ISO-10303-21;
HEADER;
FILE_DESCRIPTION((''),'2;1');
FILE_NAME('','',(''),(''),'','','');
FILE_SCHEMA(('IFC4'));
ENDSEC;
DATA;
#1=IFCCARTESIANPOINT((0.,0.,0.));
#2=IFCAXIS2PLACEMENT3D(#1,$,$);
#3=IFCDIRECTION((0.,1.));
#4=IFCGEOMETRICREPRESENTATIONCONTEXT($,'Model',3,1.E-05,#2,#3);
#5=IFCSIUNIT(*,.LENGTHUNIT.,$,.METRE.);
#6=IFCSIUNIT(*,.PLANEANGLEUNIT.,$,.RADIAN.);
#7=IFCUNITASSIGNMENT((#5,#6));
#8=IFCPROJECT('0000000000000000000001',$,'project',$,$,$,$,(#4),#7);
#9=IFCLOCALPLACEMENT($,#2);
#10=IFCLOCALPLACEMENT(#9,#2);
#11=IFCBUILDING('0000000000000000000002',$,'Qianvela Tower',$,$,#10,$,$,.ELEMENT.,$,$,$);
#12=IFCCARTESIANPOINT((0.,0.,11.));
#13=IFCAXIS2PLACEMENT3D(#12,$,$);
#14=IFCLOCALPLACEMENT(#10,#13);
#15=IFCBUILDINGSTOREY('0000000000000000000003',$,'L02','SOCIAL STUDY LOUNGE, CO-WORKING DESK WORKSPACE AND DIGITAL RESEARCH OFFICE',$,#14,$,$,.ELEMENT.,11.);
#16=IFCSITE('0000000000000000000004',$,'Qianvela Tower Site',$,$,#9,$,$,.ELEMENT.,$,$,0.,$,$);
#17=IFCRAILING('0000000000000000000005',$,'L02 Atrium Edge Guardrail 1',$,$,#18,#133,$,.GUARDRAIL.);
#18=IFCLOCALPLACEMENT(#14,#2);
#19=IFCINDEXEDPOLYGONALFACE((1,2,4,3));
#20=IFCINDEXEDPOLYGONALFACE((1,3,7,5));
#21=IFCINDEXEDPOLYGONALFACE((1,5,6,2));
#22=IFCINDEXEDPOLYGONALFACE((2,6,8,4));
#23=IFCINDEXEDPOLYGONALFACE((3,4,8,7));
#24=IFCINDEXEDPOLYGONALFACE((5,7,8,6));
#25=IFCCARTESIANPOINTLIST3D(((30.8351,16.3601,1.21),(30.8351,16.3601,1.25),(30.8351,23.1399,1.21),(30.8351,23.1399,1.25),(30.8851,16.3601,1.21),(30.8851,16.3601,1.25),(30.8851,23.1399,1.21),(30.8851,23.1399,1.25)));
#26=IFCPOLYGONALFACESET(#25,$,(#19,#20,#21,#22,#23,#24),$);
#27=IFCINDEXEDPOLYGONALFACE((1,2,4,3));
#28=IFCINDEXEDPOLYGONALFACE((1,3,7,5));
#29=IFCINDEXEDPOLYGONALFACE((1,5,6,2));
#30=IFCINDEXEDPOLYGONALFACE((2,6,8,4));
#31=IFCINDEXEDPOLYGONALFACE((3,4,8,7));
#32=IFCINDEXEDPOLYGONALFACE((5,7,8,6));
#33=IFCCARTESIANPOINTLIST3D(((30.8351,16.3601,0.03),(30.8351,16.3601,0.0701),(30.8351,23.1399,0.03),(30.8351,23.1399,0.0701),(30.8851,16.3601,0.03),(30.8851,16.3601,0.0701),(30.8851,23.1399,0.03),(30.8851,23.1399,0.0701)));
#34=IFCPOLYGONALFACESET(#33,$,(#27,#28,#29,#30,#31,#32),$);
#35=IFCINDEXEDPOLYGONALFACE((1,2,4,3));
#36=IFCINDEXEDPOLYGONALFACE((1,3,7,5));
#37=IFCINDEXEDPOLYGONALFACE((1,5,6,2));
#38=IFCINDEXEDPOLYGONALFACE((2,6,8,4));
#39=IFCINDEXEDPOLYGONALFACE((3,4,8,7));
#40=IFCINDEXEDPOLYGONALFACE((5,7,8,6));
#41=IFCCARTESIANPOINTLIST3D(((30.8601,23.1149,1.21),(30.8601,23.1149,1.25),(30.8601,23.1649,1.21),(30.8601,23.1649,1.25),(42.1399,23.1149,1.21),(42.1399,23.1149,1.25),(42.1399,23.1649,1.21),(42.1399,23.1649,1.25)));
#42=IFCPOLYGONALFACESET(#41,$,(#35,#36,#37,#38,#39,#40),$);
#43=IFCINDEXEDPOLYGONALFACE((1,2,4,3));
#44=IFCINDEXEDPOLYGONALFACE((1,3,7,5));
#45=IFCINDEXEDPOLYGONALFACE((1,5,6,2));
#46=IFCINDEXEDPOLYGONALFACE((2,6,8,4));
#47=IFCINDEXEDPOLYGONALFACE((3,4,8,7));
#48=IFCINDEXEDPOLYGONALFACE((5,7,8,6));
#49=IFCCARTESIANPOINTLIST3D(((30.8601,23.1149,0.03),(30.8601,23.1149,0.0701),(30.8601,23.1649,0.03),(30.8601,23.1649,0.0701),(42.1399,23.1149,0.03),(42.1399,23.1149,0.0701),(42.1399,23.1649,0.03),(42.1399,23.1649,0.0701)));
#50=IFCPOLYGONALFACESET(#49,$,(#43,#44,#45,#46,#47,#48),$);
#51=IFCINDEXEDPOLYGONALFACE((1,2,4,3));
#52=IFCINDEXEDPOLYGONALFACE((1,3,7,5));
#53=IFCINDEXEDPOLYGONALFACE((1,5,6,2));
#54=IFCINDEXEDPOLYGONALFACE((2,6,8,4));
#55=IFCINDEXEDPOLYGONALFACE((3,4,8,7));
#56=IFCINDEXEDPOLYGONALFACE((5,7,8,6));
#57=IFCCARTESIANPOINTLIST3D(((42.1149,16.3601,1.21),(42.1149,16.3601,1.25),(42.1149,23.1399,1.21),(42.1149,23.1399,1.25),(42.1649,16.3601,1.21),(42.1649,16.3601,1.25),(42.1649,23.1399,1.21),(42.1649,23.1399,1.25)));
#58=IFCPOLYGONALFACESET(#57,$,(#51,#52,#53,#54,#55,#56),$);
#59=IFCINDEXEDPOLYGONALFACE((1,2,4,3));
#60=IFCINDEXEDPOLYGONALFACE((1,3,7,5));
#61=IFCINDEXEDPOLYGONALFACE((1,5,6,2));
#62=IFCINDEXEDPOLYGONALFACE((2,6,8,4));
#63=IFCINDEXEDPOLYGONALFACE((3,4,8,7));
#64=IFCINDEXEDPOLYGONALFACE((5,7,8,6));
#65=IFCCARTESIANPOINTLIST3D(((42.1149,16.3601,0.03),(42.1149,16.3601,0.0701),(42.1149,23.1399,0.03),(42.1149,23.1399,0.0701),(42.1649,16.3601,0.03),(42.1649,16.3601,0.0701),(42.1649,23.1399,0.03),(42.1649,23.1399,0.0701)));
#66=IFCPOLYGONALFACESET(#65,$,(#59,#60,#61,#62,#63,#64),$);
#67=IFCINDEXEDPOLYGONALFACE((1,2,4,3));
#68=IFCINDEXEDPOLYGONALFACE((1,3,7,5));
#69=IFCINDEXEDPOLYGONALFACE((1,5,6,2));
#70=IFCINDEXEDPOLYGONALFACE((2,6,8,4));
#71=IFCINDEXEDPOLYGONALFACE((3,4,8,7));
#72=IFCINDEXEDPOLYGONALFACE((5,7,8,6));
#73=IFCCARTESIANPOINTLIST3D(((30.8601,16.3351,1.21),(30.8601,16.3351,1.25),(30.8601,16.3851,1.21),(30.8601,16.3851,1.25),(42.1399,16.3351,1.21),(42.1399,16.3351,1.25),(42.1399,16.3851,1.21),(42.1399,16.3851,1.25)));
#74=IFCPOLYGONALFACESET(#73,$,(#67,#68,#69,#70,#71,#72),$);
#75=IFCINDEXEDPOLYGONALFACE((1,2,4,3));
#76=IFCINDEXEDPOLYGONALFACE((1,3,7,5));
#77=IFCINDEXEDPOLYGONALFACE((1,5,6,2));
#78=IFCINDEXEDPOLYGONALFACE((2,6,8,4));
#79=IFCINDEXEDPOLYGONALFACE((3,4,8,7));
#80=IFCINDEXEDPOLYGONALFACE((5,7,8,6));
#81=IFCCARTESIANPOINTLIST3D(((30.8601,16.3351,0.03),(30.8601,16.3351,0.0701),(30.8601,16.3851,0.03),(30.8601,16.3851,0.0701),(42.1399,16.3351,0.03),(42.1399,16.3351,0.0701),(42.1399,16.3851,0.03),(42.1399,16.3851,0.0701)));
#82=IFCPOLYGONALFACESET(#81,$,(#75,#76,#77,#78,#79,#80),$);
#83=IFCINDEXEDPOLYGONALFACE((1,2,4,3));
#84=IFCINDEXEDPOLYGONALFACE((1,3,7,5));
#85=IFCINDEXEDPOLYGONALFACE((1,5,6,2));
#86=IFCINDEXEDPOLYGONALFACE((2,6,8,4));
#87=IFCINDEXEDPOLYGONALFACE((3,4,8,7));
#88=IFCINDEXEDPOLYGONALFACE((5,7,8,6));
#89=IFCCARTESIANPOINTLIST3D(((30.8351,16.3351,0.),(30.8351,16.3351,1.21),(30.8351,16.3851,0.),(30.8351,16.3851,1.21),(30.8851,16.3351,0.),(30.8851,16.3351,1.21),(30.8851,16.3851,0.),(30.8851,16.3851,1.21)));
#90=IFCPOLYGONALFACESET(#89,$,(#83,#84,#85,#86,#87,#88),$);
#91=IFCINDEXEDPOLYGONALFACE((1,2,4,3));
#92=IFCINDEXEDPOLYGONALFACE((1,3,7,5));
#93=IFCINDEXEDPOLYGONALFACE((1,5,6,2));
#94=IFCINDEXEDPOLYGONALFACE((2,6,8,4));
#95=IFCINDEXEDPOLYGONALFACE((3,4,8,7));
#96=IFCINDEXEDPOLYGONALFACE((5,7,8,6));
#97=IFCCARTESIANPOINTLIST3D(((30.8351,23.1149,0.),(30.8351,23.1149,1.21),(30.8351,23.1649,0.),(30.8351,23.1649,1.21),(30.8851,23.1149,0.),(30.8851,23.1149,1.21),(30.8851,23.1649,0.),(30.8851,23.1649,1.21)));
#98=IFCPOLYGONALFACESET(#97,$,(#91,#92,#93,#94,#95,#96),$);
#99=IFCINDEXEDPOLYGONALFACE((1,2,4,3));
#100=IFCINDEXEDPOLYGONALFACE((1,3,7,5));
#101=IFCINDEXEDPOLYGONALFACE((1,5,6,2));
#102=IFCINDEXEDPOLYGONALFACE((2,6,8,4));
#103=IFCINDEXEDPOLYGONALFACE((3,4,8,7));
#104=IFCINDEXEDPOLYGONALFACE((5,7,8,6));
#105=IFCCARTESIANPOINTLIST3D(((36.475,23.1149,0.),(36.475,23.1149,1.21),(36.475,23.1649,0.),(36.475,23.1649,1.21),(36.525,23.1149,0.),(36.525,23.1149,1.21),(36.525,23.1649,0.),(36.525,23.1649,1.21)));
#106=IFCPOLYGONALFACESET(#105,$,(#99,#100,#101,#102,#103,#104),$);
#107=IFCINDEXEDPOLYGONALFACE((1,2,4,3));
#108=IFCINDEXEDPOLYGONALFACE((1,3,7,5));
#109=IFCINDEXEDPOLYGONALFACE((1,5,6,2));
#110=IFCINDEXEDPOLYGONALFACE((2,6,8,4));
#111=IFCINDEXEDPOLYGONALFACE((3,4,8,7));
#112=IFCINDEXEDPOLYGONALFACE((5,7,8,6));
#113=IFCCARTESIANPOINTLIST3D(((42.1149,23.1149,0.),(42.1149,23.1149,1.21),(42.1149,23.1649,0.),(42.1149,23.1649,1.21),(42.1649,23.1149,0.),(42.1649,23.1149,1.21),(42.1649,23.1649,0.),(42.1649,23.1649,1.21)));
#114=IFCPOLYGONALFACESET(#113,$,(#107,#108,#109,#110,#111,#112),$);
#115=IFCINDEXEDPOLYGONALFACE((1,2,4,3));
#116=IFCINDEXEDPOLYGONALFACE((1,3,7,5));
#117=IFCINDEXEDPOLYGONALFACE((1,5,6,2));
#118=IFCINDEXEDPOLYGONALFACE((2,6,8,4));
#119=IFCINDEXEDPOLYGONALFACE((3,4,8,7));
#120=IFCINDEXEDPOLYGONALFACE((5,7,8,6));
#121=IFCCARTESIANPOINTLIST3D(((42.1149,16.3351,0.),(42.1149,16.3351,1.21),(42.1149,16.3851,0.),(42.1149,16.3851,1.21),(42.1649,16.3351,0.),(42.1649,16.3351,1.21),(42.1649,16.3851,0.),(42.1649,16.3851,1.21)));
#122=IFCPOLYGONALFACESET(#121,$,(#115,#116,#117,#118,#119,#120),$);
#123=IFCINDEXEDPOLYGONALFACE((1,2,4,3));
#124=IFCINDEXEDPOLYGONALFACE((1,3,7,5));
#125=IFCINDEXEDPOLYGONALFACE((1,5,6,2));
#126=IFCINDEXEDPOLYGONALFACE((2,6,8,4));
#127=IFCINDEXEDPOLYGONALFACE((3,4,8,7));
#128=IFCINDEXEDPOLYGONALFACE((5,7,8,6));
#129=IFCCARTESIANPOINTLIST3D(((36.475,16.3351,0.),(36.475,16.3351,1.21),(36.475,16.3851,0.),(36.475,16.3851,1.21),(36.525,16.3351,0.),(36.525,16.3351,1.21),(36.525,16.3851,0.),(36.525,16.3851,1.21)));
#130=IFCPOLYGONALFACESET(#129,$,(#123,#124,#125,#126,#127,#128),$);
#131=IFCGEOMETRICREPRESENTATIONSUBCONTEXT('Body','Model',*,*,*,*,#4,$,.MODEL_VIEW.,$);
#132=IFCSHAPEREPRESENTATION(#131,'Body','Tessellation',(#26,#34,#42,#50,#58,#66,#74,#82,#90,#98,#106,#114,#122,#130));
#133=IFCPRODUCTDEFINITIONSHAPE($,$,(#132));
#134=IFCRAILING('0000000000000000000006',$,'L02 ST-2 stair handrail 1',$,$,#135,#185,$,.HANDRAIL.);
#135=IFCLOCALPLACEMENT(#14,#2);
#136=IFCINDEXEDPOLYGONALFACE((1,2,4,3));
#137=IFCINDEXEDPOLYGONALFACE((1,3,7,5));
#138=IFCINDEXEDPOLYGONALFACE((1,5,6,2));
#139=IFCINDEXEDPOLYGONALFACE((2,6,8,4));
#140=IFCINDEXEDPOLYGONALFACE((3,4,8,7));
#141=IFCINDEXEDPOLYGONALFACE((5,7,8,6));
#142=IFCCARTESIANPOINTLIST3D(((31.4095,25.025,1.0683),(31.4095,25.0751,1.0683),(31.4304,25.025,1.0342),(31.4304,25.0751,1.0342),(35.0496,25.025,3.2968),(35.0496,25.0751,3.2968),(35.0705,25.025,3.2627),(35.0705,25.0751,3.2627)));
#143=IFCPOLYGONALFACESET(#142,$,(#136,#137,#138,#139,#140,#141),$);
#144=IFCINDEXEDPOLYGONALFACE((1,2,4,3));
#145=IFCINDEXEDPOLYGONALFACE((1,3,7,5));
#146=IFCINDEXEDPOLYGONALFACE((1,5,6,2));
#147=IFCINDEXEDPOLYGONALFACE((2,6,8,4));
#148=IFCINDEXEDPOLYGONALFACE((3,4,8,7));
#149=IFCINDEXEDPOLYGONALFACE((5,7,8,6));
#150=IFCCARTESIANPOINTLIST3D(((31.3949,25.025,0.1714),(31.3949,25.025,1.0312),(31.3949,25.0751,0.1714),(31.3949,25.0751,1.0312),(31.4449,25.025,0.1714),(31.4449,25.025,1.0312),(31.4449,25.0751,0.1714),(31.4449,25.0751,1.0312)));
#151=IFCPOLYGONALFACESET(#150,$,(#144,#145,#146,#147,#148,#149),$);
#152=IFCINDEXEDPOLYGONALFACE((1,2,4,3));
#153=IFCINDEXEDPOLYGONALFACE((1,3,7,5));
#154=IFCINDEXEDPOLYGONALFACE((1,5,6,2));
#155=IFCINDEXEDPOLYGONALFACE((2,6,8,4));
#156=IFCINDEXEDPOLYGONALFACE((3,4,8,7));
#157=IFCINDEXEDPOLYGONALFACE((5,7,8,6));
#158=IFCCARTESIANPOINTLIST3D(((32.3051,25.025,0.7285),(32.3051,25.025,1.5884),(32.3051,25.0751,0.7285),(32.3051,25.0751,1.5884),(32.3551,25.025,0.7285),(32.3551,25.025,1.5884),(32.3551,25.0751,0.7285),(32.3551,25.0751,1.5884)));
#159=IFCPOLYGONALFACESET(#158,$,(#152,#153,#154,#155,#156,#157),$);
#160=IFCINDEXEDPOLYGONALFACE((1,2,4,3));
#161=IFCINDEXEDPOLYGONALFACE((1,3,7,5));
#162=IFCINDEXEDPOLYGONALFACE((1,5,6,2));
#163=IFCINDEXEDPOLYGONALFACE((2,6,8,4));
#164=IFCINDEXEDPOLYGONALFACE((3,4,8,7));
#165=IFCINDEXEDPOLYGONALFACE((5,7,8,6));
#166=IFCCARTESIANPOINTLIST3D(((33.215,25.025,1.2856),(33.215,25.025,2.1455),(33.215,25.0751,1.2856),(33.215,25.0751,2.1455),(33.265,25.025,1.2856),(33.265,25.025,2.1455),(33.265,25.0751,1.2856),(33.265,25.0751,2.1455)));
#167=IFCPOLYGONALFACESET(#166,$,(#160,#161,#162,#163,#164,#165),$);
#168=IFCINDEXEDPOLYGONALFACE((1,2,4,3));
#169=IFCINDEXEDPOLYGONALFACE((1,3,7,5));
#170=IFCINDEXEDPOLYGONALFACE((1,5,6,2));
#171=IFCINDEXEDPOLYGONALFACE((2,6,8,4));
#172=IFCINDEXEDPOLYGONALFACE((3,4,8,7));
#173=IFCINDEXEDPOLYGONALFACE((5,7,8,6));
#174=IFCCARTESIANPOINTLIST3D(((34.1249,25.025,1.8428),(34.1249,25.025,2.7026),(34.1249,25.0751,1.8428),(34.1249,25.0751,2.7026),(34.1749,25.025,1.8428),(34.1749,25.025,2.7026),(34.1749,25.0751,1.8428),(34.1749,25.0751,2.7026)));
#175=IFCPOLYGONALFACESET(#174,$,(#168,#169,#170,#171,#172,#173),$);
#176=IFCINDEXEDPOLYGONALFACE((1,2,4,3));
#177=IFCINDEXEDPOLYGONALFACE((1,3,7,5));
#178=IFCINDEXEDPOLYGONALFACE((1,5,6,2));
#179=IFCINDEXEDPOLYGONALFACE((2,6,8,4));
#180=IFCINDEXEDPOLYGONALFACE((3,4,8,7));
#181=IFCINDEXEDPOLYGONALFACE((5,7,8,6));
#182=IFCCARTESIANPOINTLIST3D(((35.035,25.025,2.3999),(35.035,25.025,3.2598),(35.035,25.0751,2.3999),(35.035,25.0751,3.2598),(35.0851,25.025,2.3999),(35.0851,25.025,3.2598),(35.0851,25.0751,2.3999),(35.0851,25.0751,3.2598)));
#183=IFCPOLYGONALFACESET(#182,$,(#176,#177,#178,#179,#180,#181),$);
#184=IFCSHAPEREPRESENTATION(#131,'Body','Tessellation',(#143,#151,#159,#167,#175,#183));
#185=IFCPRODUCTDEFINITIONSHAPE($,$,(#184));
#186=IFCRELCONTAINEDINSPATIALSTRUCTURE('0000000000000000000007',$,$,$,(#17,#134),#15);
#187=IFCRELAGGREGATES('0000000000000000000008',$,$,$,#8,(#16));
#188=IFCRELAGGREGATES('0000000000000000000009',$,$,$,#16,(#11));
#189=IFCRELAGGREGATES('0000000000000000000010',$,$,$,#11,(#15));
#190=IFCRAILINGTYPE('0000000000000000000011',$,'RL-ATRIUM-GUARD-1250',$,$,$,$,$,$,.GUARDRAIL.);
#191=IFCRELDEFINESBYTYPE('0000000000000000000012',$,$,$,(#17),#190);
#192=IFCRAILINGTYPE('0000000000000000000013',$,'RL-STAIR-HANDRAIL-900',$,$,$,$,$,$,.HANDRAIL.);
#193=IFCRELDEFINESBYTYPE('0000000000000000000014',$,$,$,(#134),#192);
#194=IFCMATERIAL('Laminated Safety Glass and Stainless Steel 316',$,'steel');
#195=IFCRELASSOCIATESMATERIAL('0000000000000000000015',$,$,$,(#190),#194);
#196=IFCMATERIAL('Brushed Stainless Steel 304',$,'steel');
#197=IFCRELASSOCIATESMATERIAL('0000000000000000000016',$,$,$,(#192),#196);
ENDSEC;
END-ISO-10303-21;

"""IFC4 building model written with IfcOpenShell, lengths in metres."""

from ifc_helpers import new_model, si_unit, direction, frame, origin, origin_2d, place, context, subcontext, project, spatial, rectangle, extrude, material, type_object, element, save


model = new_model("IFC4")

# Units and contexts
model_context = context("Model", 3, precision=1e-05, world=origin(), true_north=direction((0.0, 1.0)))
body_context = subcontext(model_context, "Body", "Model", "MODEL_VIEW")
ifc_project = project(units=[si_unit("LENGTHUNIT", "METRE"), si_unit("PLANEANGLEUNIT", "RADIAN")], contexts=[model_context])

# Site, building, storey
site_placement = place(None, origin())
site = spatial("IfcSite", under=ifc_project, at=site_placement, Name="Qianvela Tower Site", CompositionType="ELEMENT", RefElevation=0.0)
building_placement = place(site_placement, origin())
building = spatial("IfcBuilding", under=site, at=building_placement, Name="Qianvela Tower", CompositionType="ELEMENT")
storey_placement = place(building_placement, frame((0.0, 0.0, 11.0)))
storey = spatial("IfcBuildingStorey", under=building, at=storey_placement, Name="L02", Description="SOCIAL STUDY LOUNGE, CO-WORKING DESK WORKSPACE AND DIGITAL RESEARCH OFFICE", CompositionType="ELEMENT", Elevation=11.0)

# Railings
ifc_material_1 = material(Name="Laminated Safety Glass and Stainless Steel 316", Category="steel")
railing_type_1 = type_object("IfcRailingType", Name="RL-ATRIUM-GUARD-1250", PredefinedType="GUARDRAIL", material=ifc_material_1)
railing_1_placement = place(storey_placement, frame((30.8601, 16.3601, 0.0)))
element("IfcRailing", 1, at=railing_1_placement, inside=storey, type_object=railing_type_1, Name="L02 Atrium Edge Guardrail 1", PredefinedType="GUARDRAIL", context=body_context, shape_type="SweptSolid", body=[
    extrude(rectangle(XDim=0.05, YDim=0.04, at=origin_2d()), frame((0.0, 0.0, 1.23), z_axis=(0.0, 1.0, 0.0), x_axis=(-1.0, 0.0, 0.0)), (0.0, 0.0, 1.0), 6.7798),
    extrude(rectangle(XDim=0.05, YDim=0.04, at=origin_2d()), frame((0.0, 0.0, 0.05), z_axis=(0.0, 1.0, 0.0), x_axis=(-1.0, 0.0, 0.0)), (0.0, 0.0, 1.0), 6.7798),
    extrude(rectangle(XDim=0.05, YDim=0.04, at=origin_2d()), frame((0.0, 6.7798, 1.23), z_axis=(1.0, 0.0, 0.0), x_axis=(0.0, 1.0, 0.0)), (0.0, 0.0, 1.0), 11.2798),
    extrude(rectangle(XDim=0.05, YDim=0.04, at=origin_2d()), frame((0.0, 6.7798, 0.05), z_axis=(1.0, 0.0, 0.0), x_axis=(0.0, 1.0, 0.0)), (0.0, 0.0, 1.0), 11.2798),
    extrude(rectangle(XDim=0.05, YDim=0.04, at=origin_2d()), frame((11.2798, 6.7798, 1.23), z_axis=(0.0, -1.0, 0.0), x_axis=(1.0, 0.0, 0.0)), (0.0, 0.0, 1.0), 6.7798),
    extrude(rectangle(XDim=0.05, YDim=0.04, at=origin_2d()), frame((11.2798, 6.7798, 0.05), z_axis=(0.0, -1.0, 0.0), x_axis=(1.0, 0.0, 0.0)), (0.0, 0.0, 1.0), 6.7798),
    extrude(rectangle(XDim=0.05, YDim=0.04, at=origin_2d()), frame((11.2798, 0.0, 1.23), z_axis=(-1.0, 0.0, 0.0), x_axis=(0.0, -1.0, 0.0)), (0.0, 0.0, 1.0), 11.2798),
    extrude(rectangle(XDim=0.05, YDim=0.04, at=origin_2d()), frame((11.2798, 0.0, 0.05), z_axis=(-1.0, 0.0, 0.0), x_axis=(0.0, -1.0, 0.0)), (0.0, 0.0, 1.0), 11.2798),
    extrude(rectangle(XDim=0.05, YDim=0.05, at=origin_2d()), origin(), (0.0, 0.0, 1.0), 1.21),
    extrude(rectangle(XDim=0.05, YDim=0.05, at=origin_2d()), frame((0.0, 6.7798, 0.0)), (0.0, 0.0, 1.0), 1.21),
    extrude(rectangle(XDim=0.05, YDim=0.05, at=origin_2d()), frame((5.6399, 6.7798, 0.0)), (0.0, 0.0, 1.0), 1.21),
    extrude(rectangle(XDim=0.05, YDim=0.05, at=origin_2d()), frame((11.2798, 6.7798, 0.0)), (0.0, 0.0, 1.0), 1.21),
    extrude(rectangle(XDim=0.05, YDim=0.05, at=origin_2d()), frame((11.2798, 0.0, 0.0)), (0.0, 0.0, 1.0), 1.21),
    extrude(rectangle(XDim=0.05, YDim=0.05, at=origin_2d()), frame((5.6399, 0.0, 0.0)), (0.0, 0.0, 1.0), 1.21),
])
ifc_material_2 = material(Name="Brushed Stainless Steel 304", Category="steel")
railing_type_2 = type_object("IfcRailingType", Name="RL-STAIR-HANDRAIL-900", PredefinedType="HANDRAIL", material=ifc_material_2)
railing_2_placement = place(storey_placement, frame((31.4199, 25.05, 0.1714)))
element("IfcRailing", 2, at=railing_2_placement, inside=storey, type_object=railing_type_2, Name="L02 ST-2 stair handrail 1", PredefinedType="HANDRAIL", context=body_context, shape_type="SweptSolid", body=[
    extrude(rectangle(XDim=0.05, YDim=0.04, at=origin_2d()), frame((0.0, 0.0, 0.8799), z_axis=(0.852866, 0.0, 0.52213), x_axis=(0.0, 1.0, 0.0)), (0.0, 0.0, 1.0), 4.2681),
    extrude(rectangle(XDim=0.05, YDim=0.05, at=origin_2d()), origin(), (0.0, 0.0, 1.0), 0.8599),
    extrude(rectangle(XDim=0.05, YDim=0.05, at=origin_2d()), frame((0.9102, 0.0, 0.5571)), (0.0, 0.0, 1.0), 0.8599),
    extrude(rectangle(XDim=0.05, YDim=0.05, at=origin_2d()), frame((1.8201, 0.0, 1.1143)), (0.0, 0.0, 1.0), 0.8599),
    extrude(rectangle(XDim=0.05, YDim=0.05, at=origin_2d()), frame((2.73, 0.0, 1.6714)), (0.0, 0.0, 1.0), 0.8599),
    extrude(rectangle(XDim=0.05, YDim=0.05, at=origin_2d()), frame((3.6401, 0.0, 2.2285)), (0.0, 0.0, 1.0), 0.8599),
])

save(model, "model.ifc")
